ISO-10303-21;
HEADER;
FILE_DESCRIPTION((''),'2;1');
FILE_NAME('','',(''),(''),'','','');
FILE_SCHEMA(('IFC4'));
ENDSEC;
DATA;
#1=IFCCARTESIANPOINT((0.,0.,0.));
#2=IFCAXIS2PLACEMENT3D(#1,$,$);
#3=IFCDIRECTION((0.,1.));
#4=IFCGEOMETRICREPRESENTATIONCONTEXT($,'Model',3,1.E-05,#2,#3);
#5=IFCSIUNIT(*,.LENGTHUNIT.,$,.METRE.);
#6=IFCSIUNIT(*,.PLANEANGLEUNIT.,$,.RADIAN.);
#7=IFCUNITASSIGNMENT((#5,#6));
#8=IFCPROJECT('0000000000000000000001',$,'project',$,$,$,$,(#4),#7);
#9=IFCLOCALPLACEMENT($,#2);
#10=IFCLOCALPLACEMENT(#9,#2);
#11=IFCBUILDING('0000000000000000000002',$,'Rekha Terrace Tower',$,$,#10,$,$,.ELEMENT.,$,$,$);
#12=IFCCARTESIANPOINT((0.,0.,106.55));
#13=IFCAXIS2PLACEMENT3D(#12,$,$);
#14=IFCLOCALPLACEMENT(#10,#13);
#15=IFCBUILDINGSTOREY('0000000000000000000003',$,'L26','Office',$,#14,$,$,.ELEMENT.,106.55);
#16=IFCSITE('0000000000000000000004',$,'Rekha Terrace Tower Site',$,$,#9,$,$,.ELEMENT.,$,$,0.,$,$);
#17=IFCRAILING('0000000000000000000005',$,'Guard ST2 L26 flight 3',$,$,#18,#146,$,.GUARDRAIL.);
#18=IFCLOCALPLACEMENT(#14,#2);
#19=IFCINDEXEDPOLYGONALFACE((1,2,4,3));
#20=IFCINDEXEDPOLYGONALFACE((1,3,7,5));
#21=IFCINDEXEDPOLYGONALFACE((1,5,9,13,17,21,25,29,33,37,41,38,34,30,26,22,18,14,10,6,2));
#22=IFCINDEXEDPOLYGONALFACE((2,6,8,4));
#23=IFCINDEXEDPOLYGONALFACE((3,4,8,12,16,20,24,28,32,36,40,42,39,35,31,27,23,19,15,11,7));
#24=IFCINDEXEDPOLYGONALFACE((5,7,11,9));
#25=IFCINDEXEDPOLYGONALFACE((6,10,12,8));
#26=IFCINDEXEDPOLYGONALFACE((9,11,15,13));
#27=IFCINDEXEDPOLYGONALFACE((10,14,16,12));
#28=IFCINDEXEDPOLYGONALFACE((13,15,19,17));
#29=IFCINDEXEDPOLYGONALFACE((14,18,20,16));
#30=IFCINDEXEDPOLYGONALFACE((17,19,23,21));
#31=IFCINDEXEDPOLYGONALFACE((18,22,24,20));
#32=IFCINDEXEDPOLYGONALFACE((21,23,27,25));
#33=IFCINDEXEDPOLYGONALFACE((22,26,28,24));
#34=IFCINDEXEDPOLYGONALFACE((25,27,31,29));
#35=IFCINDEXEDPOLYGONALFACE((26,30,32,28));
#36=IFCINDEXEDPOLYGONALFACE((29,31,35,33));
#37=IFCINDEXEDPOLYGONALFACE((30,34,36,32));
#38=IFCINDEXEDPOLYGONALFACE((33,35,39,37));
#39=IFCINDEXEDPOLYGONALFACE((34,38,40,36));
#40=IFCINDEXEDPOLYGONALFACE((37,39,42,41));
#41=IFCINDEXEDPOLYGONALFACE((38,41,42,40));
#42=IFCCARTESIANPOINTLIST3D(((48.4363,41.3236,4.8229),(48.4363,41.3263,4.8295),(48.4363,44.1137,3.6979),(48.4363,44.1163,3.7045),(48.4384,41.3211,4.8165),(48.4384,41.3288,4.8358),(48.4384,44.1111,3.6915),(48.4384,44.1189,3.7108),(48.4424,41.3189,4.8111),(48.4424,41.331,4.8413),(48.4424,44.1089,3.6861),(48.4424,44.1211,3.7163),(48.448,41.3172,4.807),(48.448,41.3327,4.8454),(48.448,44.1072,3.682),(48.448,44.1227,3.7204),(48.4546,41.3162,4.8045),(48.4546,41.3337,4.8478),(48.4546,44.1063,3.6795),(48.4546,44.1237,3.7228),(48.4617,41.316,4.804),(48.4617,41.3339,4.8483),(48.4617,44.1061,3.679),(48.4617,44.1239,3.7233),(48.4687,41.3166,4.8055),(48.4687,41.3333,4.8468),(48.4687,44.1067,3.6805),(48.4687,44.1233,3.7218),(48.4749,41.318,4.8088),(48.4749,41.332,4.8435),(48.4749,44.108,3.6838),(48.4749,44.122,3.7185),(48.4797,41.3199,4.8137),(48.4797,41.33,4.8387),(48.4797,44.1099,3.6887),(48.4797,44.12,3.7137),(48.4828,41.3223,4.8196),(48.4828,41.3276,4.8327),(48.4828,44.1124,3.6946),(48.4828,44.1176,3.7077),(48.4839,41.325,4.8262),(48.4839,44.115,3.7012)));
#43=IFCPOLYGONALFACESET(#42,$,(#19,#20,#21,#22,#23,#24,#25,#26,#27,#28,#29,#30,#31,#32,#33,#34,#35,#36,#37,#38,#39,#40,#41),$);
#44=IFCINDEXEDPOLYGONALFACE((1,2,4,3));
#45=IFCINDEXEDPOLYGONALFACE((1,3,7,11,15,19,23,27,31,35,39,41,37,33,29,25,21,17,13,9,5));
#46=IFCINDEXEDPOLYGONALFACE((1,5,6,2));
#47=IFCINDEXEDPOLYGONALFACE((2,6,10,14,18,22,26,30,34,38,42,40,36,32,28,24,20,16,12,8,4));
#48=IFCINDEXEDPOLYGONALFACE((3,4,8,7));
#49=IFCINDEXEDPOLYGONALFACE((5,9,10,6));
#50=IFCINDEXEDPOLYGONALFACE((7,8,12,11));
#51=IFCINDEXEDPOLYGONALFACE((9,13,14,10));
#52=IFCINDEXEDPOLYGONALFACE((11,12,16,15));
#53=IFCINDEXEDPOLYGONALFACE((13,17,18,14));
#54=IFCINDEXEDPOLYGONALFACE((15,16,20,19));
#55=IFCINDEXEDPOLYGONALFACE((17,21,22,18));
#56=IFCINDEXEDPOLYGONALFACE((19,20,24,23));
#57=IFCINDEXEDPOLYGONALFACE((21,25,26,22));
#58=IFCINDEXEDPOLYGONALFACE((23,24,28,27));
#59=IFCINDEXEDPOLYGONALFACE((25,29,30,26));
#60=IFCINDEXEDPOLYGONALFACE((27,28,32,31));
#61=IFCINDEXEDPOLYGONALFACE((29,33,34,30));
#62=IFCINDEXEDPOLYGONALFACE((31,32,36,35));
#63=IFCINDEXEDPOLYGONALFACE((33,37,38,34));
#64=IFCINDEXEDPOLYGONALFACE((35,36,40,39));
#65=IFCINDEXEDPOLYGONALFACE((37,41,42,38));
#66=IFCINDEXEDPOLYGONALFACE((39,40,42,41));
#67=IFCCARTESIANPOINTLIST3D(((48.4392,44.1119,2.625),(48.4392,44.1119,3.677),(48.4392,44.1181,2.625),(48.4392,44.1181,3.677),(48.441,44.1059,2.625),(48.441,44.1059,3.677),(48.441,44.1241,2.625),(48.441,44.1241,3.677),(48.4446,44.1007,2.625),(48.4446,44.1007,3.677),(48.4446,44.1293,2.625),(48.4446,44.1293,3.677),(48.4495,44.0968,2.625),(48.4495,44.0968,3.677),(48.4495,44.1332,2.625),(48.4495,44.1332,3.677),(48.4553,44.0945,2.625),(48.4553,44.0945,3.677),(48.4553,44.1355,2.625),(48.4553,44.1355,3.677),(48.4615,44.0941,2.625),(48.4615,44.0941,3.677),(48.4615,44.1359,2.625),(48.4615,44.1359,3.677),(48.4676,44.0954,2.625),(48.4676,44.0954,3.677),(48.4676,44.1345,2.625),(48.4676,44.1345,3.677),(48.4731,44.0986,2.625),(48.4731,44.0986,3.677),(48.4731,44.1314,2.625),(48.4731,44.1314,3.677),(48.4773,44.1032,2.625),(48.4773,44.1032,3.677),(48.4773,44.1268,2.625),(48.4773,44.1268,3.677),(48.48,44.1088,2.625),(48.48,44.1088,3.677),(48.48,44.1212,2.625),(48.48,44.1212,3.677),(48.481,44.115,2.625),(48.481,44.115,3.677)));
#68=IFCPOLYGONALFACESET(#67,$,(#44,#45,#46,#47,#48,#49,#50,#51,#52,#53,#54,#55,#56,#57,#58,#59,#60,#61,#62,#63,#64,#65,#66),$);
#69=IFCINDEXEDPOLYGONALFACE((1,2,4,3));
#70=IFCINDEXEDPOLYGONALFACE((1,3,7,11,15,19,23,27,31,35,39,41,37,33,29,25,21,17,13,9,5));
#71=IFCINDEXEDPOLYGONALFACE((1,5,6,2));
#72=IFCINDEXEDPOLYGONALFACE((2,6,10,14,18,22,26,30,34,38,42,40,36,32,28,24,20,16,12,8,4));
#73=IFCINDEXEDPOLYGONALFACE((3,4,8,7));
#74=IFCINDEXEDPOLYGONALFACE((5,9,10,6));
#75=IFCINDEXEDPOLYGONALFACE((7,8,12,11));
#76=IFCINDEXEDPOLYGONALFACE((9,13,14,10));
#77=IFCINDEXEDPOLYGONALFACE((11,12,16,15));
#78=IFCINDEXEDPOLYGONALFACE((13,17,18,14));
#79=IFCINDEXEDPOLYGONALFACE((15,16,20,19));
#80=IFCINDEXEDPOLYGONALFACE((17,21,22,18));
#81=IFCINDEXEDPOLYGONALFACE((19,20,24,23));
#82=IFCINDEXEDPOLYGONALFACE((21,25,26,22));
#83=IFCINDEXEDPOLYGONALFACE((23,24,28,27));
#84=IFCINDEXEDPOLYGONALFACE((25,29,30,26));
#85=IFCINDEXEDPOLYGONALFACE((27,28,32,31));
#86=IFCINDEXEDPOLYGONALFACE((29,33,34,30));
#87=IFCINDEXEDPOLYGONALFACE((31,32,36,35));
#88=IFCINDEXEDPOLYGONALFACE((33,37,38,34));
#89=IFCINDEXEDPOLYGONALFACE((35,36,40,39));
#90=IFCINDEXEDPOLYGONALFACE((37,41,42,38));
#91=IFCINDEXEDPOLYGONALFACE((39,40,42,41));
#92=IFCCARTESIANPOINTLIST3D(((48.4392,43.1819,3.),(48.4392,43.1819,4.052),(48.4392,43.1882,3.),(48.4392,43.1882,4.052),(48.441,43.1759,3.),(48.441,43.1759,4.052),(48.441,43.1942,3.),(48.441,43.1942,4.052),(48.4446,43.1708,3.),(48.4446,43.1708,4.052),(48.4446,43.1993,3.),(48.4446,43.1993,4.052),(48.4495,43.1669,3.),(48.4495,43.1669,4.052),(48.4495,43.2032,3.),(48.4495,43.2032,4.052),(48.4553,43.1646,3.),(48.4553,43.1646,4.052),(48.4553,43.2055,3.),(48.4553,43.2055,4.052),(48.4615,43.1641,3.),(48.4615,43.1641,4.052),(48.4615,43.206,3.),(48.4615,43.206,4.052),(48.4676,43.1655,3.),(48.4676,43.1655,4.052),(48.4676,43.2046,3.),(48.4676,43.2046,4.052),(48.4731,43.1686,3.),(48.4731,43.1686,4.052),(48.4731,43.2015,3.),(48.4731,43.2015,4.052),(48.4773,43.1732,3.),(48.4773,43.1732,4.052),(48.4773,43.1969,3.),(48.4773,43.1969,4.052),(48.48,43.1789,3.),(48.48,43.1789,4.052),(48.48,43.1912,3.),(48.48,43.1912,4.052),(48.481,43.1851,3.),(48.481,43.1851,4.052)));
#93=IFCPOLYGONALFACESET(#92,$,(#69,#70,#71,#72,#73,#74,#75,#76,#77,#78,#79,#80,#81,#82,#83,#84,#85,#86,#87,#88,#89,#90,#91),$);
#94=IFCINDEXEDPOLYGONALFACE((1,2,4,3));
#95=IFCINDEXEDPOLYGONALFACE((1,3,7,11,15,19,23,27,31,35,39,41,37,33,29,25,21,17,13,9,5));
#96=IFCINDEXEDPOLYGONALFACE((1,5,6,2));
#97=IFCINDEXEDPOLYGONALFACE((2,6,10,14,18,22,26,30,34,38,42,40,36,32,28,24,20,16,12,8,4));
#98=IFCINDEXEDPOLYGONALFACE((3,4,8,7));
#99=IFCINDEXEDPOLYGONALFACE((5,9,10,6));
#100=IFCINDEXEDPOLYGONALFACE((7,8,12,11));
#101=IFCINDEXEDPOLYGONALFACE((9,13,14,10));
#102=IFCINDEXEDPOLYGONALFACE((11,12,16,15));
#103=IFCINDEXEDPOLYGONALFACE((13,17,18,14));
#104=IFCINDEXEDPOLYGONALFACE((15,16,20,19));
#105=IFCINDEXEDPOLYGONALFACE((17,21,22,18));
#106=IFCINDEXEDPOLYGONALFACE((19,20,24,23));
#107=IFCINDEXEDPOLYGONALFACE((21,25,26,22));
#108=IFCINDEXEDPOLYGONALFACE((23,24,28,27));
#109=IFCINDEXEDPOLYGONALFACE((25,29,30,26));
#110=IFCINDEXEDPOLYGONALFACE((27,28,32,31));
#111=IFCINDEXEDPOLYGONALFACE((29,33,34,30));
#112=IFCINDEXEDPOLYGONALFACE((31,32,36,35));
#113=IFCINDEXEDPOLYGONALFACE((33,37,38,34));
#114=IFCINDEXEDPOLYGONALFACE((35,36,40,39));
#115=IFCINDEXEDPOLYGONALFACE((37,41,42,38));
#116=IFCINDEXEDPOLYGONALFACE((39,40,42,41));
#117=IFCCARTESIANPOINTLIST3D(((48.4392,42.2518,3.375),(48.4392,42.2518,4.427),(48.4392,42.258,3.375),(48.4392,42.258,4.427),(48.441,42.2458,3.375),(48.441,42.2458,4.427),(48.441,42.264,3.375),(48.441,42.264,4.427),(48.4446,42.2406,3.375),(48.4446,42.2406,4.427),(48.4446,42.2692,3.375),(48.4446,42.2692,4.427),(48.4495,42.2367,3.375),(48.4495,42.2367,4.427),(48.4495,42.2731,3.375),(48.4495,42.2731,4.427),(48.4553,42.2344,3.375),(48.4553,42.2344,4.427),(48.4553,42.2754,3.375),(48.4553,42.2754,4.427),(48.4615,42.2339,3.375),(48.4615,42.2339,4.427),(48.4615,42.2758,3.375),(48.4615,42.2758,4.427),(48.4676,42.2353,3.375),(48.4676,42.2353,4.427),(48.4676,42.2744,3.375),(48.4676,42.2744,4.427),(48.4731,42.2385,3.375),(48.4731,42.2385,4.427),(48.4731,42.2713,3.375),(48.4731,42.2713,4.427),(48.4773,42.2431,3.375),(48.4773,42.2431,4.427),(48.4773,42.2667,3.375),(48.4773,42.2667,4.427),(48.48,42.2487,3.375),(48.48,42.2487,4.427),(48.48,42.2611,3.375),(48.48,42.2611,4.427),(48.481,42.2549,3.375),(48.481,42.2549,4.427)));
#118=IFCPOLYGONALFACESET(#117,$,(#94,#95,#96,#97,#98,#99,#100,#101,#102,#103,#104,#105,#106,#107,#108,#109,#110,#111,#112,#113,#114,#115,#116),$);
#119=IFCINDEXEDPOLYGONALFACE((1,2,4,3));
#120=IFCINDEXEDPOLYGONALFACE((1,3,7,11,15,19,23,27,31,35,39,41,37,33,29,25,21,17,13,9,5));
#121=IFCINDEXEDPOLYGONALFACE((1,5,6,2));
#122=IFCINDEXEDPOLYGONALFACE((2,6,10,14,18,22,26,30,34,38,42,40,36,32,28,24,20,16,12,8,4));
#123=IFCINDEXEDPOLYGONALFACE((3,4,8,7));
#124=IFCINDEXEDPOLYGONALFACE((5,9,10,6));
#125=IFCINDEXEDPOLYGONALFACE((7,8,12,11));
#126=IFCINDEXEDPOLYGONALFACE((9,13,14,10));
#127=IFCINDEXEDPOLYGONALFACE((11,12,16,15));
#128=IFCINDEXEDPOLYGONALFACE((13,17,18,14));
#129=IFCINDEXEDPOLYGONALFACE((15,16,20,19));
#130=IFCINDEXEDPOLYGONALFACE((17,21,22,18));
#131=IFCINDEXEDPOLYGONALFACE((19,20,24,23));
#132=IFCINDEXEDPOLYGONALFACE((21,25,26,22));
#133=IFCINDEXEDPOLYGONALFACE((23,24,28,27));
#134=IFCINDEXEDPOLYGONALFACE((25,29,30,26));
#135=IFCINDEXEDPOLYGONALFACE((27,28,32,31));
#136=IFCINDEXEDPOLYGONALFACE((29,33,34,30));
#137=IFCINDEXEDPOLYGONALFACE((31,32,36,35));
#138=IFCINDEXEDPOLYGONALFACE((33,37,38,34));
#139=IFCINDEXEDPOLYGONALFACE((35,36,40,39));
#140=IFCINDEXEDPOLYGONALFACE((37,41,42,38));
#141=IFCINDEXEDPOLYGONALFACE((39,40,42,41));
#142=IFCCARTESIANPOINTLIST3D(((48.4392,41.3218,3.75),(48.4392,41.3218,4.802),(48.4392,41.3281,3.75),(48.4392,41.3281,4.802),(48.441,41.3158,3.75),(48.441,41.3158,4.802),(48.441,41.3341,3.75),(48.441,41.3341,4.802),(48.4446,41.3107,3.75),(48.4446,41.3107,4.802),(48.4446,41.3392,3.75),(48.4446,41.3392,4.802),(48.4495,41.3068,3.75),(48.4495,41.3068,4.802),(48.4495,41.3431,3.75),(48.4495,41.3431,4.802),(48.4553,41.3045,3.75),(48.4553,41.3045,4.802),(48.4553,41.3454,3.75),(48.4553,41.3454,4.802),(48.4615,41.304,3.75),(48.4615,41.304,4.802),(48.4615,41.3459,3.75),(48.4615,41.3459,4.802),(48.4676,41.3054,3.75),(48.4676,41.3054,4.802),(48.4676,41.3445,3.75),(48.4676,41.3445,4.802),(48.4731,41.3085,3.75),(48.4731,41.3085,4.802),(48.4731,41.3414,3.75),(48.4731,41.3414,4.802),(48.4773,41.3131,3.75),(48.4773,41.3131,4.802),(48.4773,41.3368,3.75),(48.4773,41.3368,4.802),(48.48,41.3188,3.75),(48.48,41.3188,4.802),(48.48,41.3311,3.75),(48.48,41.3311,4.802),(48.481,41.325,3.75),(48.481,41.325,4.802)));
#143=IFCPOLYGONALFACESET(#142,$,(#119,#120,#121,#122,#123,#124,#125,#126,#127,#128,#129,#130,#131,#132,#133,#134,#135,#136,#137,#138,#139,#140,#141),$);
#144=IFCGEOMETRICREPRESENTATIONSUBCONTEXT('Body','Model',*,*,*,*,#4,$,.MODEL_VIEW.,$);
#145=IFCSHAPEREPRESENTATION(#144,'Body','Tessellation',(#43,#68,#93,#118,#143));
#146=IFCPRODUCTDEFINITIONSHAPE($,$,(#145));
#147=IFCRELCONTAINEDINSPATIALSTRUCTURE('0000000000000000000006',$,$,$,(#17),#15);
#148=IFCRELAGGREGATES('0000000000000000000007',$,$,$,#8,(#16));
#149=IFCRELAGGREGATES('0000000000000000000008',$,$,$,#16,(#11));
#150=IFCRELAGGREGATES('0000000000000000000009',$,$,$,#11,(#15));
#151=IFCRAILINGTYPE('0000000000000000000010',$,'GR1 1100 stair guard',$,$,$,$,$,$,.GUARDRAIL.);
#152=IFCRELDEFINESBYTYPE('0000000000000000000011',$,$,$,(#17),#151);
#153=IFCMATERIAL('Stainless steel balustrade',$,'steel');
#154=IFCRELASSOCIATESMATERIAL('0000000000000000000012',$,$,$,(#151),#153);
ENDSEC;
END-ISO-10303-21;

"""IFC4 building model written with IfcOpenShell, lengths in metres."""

from ifc_helpers import new_model, si_unit, direction, frame, origin, origin_2d, place, context, subcontext, project, spatial, circle, extrude, material, type_object, element, save


model = new_model("IFC4")

# Units and contexts
model_context = context("Model", 3, precision=1e-05, world=origin(), true_north=direction((0.0, 1.0)))
body_context = subcontext(model_context, "Body", "Model", "MODEL_VIEW")
ifc_project = project(units=[si_unit("LENGTHUNIT", "METRE"), si_unit("PLANEANGLEUNIT", "RADIAN")], contexts=[model_context])

# Site, building, storey
site_placement = place(None, origin())
site = spatial("IfcSite", under=ifc_project, at=site_placement, Name="Rekha Terrace Tower Site", CompositionType="ELEMENT", RefElevation=0.0)
building_placement = place(site_placement, origin())
building = spatial("IfcBuilding", under=site, at=building_placement, Name="Rekha Terrace Tower", CompositionType="ELEMENT")
storey_placement = place(building_placement, frame((0.0, 0.0, 106.55)))
storey = spatial("IfcBuildingStorey", under=building, at=storey_placement, Name="L26", Description="Office", CompositionType="ELEMENT", Elevation=106.55)

# Railing
ifc_material_1 = material(Name="Stainless steel balustrade", Category="steel")
railing_type_1 = type_object("IfcRailingType", Name="GR1 1100 stair guard", PredefinedType="GUARDRAIL", material=ifc_material_1)
railing_1_placement = place(storey_placement, frame((48.46, 44.115, 2.625)))
element("IfcRailing", 1, at=railing_1_placement, inside=storey, type_object=railing_type_1, Name="Guard ST2 L26 flight 3", PredefinedType="GUARDRAIL", context=body_context, shape_type="SweptSolid", body=[
    extrude(circle(Radius=0.0239, at=origin_2d()), frame((0.0, 0.0, 1.0762), z_axis=(0.0, -0.927443, 0.373964), x_axis=(1.0, 0.0, 0.0)), (0.0, 0.0, 1.0), 3.0083),
    extrude(circle(Radius=0.021, at=origin_2d()), origin(), (0.0, 0.0, 1.0), 1.052),
    extrude(circle(Radius=0.021, at=origin_2d()), frame((0.0, -0.9299, 0.375)), (0.0, 0.0, 1.0), 1.052),
    extrude(circle(Radius=0.021, at=origin_2d()), frame((0.0, -1.8601, 0.75)), (0.0, 0.0, 1.0), 1.052),
    extrude(circle(Radius=0.021, at=origin_2d()), frame((0.0, -2.79, 1.125)), (0.0, 0.0, 1.0), 1.052),
])

save(model, "model.ifc")
